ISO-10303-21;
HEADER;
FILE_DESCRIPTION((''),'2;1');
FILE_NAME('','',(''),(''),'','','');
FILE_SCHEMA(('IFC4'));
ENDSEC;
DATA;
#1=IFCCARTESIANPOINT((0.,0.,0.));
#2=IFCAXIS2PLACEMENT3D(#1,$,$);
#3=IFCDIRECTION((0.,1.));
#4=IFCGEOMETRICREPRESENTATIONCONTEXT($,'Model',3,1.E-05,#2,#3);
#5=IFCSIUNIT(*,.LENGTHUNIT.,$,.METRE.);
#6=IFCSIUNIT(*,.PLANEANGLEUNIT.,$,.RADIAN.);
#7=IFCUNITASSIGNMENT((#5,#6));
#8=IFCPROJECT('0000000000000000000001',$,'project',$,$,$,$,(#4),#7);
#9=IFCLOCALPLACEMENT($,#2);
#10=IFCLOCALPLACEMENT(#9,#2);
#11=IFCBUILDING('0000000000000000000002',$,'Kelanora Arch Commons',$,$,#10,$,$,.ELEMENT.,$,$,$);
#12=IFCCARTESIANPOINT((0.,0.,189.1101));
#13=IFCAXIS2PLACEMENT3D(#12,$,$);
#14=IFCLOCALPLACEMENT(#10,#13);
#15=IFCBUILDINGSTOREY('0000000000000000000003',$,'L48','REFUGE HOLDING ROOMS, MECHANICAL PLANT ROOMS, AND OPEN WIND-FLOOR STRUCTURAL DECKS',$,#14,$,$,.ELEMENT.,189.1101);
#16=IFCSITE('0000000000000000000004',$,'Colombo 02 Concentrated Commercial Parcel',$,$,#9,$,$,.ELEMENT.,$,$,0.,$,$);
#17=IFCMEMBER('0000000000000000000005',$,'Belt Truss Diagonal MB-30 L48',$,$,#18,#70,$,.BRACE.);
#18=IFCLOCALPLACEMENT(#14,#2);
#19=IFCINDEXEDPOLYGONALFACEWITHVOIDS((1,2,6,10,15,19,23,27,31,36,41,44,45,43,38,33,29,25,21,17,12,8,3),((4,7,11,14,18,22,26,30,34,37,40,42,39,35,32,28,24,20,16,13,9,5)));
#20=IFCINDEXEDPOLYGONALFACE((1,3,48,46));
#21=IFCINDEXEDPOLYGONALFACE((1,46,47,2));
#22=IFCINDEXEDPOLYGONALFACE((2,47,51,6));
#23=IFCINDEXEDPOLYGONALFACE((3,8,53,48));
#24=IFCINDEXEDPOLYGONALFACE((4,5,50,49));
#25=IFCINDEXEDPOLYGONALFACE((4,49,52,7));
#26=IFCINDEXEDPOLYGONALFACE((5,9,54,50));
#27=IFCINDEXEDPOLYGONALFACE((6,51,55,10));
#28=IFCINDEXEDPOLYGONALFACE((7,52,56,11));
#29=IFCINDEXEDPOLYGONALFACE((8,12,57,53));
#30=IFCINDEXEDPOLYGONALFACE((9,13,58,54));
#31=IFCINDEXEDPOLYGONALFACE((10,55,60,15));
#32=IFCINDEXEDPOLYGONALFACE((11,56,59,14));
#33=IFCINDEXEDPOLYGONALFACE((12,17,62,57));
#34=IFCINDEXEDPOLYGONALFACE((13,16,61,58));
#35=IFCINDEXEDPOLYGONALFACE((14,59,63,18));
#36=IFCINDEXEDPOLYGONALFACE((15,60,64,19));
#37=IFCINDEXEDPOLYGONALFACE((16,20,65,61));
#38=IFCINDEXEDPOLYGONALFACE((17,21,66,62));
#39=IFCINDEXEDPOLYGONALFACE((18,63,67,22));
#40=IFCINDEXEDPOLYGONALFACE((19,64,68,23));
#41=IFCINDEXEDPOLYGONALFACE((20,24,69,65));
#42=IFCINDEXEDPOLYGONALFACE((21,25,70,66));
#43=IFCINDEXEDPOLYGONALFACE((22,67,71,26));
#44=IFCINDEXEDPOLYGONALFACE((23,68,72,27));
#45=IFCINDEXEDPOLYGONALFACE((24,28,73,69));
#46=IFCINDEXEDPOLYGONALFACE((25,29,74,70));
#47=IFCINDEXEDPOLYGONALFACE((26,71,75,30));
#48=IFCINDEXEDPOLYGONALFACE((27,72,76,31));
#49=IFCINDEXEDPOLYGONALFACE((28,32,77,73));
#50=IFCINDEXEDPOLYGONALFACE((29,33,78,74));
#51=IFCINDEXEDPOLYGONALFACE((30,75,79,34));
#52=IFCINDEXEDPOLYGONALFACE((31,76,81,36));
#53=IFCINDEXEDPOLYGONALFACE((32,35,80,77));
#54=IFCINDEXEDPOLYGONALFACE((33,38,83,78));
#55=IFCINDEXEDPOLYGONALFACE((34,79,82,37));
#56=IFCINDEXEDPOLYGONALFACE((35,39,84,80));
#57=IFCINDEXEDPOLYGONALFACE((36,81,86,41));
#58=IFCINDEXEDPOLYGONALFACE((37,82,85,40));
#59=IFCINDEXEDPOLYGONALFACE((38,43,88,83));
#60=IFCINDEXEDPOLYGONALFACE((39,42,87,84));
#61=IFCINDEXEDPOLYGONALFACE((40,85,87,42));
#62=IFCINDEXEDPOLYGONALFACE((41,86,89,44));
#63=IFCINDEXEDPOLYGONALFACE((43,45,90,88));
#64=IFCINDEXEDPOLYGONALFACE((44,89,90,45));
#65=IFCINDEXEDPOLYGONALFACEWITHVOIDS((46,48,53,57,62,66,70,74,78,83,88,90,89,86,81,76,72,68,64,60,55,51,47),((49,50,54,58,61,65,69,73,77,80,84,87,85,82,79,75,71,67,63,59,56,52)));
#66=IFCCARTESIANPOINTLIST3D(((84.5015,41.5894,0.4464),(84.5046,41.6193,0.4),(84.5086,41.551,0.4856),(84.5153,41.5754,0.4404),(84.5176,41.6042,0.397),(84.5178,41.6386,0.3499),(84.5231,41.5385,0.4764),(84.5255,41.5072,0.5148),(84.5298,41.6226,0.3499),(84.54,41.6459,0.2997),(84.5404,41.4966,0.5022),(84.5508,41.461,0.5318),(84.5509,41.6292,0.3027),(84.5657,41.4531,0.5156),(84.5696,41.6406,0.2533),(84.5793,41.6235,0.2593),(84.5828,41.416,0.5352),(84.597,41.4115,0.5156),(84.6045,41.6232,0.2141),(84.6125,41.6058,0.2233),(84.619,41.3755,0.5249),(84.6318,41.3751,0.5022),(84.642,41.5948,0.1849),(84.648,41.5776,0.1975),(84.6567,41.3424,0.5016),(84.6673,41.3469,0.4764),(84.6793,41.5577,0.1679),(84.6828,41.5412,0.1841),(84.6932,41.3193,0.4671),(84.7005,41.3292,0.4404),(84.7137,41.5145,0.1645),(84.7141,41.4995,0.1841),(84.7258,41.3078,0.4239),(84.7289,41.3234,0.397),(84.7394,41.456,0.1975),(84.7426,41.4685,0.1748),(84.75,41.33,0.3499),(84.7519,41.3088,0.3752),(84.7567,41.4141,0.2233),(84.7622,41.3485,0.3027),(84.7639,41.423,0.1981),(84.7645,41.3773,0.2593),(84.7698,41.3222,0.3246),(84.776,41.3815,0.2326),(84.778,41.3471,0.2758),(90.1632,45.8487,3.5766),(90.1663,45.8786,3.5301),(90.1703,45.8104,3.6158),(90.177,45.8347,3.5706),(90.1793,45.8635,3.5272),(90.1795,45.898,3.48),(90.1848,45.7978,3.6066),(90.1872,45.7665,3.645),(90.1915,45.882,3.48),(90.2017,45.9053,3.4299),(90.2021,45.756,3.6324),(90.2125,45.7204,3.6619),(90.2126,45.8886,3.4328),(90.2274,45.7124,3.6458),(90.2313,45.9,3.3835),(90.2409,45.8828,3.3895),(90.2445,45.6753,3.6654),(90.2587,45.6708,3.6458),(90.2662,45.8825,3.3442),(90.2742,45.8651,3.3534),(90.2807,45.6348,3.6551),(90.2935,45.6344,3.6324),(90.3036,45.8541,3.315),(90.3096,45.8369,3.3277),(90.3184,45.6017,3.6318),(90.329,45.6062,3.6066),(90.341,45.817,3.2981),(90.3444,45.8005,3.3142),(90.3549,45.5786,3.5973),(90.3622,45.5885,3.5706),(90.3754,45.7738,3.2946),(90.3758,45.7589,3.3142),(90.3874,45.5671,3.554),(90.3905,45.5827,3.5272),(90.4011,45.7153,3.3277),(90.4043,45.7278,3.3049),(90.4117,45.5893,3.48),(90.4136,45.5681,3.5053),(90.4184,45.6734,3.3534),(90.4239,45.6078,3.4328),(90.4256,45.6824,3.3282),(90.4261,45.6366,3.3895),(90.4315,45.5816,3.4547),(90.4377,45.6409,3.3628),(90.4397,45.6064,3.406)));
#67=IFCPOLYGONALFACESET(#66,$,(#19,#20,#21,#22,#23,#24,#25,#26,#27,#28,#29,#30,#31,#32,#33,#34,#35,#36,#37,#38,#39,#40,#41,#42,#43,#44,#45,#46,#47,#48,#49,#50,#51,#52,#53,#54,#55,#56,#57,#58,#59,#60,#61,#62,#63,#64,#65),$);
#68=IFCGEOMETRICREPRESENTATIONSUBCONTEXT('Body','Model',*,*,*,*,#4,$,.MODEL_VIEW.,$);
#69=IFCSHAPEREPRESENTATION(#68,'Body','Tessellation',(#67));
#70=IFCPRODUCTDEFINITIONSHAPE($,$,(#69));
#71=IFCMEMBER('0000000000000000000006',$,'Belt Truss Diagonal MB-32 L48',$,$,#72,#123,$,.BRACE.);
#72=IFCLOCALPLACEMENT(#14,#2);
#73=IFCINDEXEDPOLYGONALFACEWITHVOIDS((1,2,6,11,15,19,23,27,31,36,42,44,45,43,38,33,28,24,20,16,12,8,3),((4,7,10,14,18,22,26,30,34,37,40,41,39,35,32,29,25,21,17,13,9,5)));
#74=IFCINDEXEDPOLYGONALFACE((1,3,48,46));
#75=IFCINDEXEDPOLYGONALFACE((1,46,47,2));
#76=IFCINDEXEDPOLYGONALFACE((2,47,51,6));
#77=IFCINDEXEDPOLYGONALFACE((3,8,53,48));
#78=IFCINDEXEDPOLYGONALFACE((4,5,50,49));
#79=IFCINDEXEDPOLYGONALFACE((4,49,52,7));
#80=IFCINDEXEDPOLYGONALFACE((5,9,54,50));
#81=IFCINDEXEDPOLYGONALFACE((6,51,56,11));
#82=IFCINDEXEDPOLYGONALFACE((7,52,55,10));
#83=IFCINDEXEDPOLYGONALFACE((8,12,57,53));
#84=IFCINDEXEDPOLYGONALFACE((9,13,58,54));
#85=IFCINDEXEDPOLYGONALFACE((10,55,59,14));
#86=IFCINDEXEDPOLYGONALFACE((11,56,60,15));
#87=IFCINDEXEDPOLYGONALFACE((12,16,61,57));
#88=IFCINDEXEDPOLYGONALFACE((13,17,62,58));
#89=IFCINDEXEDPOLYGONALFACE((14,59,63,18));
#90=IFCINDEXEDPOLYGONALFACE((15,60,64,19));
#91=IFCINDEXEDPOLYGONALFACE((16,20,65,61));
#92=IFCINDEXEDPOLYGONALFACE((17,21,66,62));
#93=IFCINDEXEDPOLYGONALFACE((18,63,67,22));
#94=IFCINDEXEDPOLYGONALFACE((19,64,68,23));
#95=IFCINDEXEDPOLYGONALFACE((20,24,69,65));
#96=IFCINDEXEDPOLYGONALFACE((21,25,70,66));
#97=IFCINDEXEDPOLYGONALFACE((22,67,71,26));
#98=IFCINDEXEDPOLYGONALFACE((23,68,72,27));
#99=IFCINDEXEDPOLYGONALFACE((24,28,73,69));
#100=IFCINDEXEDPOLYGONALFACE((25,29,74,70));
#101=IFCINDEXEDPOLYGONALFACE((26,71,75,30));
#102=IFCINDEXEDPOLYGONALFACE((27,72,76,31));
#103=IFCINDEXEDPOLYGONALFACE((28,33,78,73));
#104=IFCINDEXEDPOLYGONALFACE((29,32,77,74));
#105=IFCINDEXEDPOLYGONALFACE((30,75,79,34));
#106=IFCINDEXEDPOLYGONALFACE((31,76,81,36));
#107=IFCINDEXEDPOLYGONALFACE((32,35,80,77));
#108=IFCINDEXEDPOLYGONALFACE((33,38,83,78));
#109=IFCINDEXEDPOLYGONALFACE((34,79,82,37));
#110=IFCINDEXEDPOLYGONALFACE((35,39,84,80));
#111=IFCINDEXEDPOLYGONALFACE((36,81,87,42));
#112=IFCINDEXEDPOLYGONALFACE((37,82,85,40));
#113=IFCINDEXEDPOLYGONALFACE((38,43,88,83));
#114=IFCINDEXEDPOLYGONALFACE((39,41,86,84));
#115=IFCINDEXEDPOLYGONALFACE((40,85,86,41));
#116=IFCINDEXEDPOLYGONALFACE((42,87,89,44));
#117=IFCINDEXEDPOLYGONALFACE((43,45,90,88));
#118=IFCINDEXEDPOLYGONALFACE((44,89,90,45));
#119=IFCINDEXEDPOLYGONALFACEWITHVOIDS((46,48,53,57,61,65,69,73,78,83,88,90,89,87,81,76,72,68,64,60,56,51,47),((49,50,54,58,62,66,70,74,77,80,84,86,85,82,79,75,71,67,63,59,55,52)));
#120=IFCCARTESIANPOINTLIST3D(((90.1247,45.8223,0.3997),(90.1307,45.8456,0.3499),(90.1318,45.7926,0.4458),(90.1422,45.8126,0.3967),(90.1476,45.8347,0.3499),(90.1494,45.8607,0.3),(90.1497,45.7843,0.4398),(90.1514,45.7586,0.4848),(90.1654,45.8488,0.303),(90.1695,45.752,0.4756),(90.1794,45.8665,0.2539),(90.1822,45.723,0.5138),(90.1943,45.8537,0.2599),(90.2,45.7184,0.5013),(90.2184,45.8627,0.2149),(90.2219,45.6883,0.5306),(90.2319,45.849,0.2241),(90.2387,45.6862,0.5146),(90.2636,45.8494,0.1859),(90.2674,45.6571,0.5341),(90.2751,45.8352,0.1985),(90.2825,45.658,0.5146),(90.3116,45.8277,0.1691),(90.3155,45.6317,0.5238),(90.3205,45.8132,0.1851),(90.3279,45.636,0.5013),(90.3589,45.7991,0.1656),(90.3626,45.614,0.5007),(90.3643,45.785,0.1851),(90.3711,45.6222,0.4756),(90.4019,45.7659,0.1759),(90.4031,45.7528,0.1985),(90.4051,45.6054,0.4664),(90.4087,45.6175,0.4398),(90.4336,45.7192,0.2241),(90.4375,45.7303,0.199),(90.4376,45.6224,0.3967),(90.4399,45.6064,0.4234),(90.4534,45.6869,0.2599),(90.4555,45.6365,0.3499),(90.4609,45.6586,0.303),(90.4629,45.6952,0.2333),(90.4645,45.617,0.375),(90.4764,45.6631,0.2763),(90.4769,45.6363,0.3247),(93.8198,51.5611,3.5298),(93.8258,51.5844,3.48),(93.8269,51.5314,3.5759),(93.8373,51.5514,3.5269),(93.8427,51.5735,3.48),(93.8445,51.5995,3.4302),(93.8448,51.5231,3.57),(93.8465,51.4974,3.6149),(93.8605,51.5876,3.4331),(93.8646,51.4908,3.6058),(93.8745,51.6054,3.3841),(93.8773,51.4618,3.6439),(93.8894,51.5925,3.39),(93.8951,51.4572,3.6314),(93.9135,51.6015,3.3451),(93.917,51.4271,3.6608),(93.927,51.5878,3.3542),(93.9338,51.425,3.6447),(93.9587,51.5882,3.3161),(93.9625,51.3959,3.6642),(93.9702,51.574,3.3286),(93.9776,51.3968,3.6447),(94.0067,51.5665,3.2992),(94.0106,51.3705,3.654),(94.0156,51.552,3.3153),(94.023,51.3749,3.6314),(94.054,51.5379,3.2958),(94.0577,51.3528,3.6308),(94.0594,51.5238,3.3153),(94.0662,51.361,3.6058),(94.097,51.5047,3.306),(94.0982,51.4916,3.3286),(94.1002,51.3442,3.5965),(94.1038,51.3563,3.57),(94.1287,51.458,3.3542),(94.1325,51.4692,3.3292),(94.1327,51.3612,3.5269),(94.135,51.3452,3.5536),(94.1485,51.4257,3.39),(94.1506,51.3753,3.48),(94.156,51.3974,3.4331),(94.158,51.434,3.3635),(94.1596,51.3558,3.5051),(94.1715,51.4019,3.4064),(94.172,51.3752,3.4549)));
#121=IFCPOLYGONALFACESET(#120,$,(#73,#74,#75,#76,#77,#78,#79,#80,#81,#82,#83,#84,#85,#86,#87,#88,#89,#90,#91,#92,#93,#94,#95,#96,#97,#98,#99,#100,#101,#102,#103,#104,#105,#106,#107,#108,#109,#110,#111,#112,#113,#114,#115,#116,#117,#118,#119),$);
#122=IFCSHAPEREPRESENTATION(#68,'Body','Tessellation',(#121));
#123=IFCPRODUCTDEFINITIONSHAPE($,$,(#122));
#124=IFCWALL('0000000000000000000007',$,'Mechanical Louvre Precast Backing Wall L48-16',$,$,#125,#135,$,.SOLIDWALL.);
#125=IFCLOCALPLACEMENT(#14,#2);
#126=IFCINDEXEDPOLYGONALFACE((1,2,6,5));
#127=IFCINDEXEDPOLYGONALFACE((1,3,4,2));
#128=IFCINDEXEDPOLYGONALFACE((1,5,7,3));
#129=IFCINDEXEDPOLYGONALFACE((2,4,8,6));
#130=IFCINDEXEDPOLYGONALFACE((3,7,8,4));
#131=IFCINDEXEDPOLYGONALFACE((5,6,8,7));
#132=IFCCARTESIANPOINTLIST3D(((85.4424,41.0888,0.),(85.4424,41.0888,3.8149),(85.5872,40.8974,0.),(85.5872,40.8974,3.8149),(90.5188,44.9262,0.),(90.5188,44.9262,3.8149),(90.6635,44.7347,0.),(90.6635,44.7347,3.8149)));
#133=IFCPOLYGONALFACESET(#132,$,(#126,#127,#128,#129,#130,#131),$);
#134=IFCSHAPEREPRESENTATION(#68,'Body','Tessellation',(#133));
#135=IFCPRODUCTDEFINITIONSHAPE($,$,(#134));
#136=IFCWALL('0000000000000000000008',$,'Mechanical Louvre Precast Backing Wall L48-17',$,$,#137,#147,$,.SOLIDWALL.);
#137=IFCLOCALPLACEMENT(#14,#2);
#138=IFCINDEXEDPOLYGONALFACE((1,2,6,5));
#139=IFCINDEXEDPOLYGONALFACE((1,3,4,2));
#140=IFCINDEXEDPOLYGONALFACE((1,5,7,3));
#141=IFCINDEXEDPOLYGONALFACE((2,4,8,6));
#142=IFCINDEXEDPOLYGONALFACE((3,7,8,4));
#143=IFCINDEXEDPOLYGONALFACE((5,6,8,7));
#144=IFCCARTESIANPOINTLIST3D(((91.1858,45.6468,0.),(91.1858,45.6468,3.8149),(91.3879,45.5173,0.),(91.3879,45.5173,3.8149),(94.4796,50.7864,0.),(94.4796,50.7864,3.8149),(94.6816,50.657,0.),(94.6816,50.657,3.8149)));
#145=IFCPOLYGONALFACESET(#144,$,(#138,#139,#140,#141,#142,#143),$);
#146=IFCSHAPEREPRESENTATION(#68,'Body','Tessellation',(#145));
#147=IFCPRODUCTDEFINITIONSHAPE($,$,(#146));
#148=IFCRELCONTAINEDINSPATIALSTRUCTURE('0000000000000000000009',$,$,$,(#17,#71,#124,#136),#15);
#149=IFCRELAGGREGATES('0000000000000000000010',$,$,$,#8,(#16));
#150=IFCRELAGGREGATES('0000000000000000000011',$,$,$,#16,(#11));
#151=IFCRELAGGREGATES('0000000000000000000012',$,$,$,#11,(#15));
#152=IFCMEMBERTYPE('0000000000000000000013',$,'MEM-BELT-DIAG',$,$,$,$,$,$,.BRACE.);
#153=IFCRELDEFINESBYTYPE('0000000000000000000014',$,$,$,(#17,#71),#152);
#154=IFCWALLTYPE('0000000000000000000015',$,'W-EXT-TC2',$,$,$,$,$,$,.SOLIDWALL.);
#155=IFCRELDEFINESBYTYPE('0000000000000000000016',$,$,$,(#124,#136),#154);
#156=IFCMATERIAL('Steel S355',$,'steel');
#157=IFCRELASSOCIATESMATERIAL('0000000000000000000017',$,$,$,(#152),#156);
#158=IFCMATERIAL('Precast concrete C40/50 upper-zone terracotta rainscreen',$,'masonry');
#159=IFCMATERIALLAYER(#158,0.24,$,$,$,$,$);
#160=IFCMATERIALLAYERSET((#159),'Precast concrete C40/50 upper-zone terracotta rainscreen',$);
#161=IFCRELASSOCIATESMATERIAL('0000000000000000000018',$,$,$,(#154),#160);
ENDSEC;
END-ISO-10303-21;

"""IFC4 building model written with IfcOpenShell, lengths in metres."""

from ifc_helpers import new_model, si_unit, direction, frame, frame_2d, origin, origin_2d, place, context, subcontext, project, spatial, rectangle, hollow_circle, extrude, material, layer, layer_set, material_profile, profile_set, type_object, element, save


model = new_model("IFC4")

# Units and contexts
model_context = context("Model", 3, precision=1e-05, world=origin(), true_north=direction((0.0, 1.0)))
body_context = subcontext(model_context, "Body", "Model", "MODEL_VIEW")
ifc_project = project(units=[si_unit("LENGTHUNIT", "METRE"), si_unit("PLANEANGLEUNIT", "RADIAN")], contexts=[model_context])

# Site, building, storey
site_placement = place(None, origin())
site = spatial("IfcSite", under=ifc_project, at=site_placement, Name="Colombo 02 Concentrated Commercial Parcel", CompositionType="ELEMENT", RefElevation=0.0)
building_placement = place(site_placement, origin())
building = spatial("IfcBuilding", under=site, at=building_placement, Name="Kelanora Arch Commons", CompositionType="ELEMENT")
storey_placement = place(building_placement, frame((0.0, 0.0, 189.1101)))
storey = spatial("IfcBuildingStorey", under=building, at=storey_placement, Name="L48", Description="REFUGE HOLDING ROOMS, MECHANICAL PLANT ROOMS, AND OPEN WIND-FLOOR STRUCTURAL DECKS", CompositionType="ELEMENT", Elevation=189.1101)

# Shared definitions
ifc_material_1 = material(Name="Steel S355", Category="steel")

# Members
ifc_material_profile_1 = material_profile(ifc_material_1, hollow_circle(Radius=0.2031, WallThickness=0.02, at=origin_2d()), Name="CHS406.4x20")
ifc_profile_set_1 = profile_set([ifc_material_profile_1], Name="Steel S355")
member_type = type_object("IfcMemberType", Name="MEM-BELT-DIAG", PredefinedType="BRACE", material=ifc_profile_set_1)
member_1_placement = place(storey_placement, frame((84.6399, 41.4763, 0.3499), z_axis=(0.730954, 0.549902, 0.404121), x_axis=(-0.601179, 0.799114, 0.0)))
element("IfcMember", 1, at=member_1_placement, inside=storey, type_object=member_type, Name="Belt Truss Diagonal MB-30 L48", PredefinedType="BRACE", context=body_context, shape_type="SweptSolid", body=[
    extrude(hollow_circle(Radius=0.2031, WallThickness=0.02, at=origin_2d()), origin(), (0.0, 0.0, 1.0), 7.7456),
])
member_2_placement = place(storey_placement, frame((90.3015, 45.7356, 0.3499), z_axis=(0.492087, 0.764255, 0.416851), x_axis=(-0.840788, 0.541365, 0.0)))
element("IfcMember", 2, at=member_2_placement, inside=storey, type_object=member_type, Name="Belt Truss Diagonal MB-32 L48", PredefinedType="BRACE", context=body_context, shape_type="SweptSolid", body=[
    extrude(hollow_circle(Radius=0.2031, WallThickness=0.02, at=origin_2d()), origin(), (0.0, 0.0, 1.0), 7.509),
])

# Walls
ifc_material_2 = material(Name="Precast concrete C40/50 upper-zone terracotta rainscreen", Category="masonry")
ifc_layer_1 = layer(ifc_material_2, 0.24)
ifc_layer_set_1 = layer_set([ifc_layer_1], Name="Precast concrete C40/50 upper-zone terracotta rainscreen")
wall_type = type_object("IfcWallType", Name="W-EXT-TC2", PredefinedType="SOLIDWALL", material=ifc_layer_set_1)
wall_1_placement = place(storey_placement, frame((85.5149, 40.9932, 0.0), z_axis=(0.0, 0.0, 1.0), x_axis=(0.797725, 0.603022, 0.0)))
element("IfcWall", 3, at=wall_1_placement, inside=storey, type_object=wall_type, Name="Mechanical Louvre Precast Backing Wall L48-16", PredefinedType="SOLIDWALL", context=body_context, shape_type="SweptSolid", body=[
    extrude(rectangle(XDim=6.3635, YDim=0.24, at=frame_2d((3.1816, 0.0))), origin(), (0.0, 0.0, 1.0), 3.8149),
])
wall_2_placement = place(storey_placement, frame((91.2869, 45.582, 0.0), z_axis=(0.0, 0.0, 1.0), x_axis=(0.539556, 0.841949, 0.0)))
element("IfcWall", 4, at=wall_2_placement, inside=storey, type_object=wall_type, Name="Mechanical Louvre Precast Backing Wall L48-17", PredefinedType="SOLIDWALL", context=body_context, shape_type="SweptSolid", body=[
    extrude(rectangle(XDim=6.1045, YDim=0.24, at=frame_2d((3.0522, 0.0))), origin(), (0.0, 0.0, 1.0), 3.8149),
])

save(model, "model.ifc")
